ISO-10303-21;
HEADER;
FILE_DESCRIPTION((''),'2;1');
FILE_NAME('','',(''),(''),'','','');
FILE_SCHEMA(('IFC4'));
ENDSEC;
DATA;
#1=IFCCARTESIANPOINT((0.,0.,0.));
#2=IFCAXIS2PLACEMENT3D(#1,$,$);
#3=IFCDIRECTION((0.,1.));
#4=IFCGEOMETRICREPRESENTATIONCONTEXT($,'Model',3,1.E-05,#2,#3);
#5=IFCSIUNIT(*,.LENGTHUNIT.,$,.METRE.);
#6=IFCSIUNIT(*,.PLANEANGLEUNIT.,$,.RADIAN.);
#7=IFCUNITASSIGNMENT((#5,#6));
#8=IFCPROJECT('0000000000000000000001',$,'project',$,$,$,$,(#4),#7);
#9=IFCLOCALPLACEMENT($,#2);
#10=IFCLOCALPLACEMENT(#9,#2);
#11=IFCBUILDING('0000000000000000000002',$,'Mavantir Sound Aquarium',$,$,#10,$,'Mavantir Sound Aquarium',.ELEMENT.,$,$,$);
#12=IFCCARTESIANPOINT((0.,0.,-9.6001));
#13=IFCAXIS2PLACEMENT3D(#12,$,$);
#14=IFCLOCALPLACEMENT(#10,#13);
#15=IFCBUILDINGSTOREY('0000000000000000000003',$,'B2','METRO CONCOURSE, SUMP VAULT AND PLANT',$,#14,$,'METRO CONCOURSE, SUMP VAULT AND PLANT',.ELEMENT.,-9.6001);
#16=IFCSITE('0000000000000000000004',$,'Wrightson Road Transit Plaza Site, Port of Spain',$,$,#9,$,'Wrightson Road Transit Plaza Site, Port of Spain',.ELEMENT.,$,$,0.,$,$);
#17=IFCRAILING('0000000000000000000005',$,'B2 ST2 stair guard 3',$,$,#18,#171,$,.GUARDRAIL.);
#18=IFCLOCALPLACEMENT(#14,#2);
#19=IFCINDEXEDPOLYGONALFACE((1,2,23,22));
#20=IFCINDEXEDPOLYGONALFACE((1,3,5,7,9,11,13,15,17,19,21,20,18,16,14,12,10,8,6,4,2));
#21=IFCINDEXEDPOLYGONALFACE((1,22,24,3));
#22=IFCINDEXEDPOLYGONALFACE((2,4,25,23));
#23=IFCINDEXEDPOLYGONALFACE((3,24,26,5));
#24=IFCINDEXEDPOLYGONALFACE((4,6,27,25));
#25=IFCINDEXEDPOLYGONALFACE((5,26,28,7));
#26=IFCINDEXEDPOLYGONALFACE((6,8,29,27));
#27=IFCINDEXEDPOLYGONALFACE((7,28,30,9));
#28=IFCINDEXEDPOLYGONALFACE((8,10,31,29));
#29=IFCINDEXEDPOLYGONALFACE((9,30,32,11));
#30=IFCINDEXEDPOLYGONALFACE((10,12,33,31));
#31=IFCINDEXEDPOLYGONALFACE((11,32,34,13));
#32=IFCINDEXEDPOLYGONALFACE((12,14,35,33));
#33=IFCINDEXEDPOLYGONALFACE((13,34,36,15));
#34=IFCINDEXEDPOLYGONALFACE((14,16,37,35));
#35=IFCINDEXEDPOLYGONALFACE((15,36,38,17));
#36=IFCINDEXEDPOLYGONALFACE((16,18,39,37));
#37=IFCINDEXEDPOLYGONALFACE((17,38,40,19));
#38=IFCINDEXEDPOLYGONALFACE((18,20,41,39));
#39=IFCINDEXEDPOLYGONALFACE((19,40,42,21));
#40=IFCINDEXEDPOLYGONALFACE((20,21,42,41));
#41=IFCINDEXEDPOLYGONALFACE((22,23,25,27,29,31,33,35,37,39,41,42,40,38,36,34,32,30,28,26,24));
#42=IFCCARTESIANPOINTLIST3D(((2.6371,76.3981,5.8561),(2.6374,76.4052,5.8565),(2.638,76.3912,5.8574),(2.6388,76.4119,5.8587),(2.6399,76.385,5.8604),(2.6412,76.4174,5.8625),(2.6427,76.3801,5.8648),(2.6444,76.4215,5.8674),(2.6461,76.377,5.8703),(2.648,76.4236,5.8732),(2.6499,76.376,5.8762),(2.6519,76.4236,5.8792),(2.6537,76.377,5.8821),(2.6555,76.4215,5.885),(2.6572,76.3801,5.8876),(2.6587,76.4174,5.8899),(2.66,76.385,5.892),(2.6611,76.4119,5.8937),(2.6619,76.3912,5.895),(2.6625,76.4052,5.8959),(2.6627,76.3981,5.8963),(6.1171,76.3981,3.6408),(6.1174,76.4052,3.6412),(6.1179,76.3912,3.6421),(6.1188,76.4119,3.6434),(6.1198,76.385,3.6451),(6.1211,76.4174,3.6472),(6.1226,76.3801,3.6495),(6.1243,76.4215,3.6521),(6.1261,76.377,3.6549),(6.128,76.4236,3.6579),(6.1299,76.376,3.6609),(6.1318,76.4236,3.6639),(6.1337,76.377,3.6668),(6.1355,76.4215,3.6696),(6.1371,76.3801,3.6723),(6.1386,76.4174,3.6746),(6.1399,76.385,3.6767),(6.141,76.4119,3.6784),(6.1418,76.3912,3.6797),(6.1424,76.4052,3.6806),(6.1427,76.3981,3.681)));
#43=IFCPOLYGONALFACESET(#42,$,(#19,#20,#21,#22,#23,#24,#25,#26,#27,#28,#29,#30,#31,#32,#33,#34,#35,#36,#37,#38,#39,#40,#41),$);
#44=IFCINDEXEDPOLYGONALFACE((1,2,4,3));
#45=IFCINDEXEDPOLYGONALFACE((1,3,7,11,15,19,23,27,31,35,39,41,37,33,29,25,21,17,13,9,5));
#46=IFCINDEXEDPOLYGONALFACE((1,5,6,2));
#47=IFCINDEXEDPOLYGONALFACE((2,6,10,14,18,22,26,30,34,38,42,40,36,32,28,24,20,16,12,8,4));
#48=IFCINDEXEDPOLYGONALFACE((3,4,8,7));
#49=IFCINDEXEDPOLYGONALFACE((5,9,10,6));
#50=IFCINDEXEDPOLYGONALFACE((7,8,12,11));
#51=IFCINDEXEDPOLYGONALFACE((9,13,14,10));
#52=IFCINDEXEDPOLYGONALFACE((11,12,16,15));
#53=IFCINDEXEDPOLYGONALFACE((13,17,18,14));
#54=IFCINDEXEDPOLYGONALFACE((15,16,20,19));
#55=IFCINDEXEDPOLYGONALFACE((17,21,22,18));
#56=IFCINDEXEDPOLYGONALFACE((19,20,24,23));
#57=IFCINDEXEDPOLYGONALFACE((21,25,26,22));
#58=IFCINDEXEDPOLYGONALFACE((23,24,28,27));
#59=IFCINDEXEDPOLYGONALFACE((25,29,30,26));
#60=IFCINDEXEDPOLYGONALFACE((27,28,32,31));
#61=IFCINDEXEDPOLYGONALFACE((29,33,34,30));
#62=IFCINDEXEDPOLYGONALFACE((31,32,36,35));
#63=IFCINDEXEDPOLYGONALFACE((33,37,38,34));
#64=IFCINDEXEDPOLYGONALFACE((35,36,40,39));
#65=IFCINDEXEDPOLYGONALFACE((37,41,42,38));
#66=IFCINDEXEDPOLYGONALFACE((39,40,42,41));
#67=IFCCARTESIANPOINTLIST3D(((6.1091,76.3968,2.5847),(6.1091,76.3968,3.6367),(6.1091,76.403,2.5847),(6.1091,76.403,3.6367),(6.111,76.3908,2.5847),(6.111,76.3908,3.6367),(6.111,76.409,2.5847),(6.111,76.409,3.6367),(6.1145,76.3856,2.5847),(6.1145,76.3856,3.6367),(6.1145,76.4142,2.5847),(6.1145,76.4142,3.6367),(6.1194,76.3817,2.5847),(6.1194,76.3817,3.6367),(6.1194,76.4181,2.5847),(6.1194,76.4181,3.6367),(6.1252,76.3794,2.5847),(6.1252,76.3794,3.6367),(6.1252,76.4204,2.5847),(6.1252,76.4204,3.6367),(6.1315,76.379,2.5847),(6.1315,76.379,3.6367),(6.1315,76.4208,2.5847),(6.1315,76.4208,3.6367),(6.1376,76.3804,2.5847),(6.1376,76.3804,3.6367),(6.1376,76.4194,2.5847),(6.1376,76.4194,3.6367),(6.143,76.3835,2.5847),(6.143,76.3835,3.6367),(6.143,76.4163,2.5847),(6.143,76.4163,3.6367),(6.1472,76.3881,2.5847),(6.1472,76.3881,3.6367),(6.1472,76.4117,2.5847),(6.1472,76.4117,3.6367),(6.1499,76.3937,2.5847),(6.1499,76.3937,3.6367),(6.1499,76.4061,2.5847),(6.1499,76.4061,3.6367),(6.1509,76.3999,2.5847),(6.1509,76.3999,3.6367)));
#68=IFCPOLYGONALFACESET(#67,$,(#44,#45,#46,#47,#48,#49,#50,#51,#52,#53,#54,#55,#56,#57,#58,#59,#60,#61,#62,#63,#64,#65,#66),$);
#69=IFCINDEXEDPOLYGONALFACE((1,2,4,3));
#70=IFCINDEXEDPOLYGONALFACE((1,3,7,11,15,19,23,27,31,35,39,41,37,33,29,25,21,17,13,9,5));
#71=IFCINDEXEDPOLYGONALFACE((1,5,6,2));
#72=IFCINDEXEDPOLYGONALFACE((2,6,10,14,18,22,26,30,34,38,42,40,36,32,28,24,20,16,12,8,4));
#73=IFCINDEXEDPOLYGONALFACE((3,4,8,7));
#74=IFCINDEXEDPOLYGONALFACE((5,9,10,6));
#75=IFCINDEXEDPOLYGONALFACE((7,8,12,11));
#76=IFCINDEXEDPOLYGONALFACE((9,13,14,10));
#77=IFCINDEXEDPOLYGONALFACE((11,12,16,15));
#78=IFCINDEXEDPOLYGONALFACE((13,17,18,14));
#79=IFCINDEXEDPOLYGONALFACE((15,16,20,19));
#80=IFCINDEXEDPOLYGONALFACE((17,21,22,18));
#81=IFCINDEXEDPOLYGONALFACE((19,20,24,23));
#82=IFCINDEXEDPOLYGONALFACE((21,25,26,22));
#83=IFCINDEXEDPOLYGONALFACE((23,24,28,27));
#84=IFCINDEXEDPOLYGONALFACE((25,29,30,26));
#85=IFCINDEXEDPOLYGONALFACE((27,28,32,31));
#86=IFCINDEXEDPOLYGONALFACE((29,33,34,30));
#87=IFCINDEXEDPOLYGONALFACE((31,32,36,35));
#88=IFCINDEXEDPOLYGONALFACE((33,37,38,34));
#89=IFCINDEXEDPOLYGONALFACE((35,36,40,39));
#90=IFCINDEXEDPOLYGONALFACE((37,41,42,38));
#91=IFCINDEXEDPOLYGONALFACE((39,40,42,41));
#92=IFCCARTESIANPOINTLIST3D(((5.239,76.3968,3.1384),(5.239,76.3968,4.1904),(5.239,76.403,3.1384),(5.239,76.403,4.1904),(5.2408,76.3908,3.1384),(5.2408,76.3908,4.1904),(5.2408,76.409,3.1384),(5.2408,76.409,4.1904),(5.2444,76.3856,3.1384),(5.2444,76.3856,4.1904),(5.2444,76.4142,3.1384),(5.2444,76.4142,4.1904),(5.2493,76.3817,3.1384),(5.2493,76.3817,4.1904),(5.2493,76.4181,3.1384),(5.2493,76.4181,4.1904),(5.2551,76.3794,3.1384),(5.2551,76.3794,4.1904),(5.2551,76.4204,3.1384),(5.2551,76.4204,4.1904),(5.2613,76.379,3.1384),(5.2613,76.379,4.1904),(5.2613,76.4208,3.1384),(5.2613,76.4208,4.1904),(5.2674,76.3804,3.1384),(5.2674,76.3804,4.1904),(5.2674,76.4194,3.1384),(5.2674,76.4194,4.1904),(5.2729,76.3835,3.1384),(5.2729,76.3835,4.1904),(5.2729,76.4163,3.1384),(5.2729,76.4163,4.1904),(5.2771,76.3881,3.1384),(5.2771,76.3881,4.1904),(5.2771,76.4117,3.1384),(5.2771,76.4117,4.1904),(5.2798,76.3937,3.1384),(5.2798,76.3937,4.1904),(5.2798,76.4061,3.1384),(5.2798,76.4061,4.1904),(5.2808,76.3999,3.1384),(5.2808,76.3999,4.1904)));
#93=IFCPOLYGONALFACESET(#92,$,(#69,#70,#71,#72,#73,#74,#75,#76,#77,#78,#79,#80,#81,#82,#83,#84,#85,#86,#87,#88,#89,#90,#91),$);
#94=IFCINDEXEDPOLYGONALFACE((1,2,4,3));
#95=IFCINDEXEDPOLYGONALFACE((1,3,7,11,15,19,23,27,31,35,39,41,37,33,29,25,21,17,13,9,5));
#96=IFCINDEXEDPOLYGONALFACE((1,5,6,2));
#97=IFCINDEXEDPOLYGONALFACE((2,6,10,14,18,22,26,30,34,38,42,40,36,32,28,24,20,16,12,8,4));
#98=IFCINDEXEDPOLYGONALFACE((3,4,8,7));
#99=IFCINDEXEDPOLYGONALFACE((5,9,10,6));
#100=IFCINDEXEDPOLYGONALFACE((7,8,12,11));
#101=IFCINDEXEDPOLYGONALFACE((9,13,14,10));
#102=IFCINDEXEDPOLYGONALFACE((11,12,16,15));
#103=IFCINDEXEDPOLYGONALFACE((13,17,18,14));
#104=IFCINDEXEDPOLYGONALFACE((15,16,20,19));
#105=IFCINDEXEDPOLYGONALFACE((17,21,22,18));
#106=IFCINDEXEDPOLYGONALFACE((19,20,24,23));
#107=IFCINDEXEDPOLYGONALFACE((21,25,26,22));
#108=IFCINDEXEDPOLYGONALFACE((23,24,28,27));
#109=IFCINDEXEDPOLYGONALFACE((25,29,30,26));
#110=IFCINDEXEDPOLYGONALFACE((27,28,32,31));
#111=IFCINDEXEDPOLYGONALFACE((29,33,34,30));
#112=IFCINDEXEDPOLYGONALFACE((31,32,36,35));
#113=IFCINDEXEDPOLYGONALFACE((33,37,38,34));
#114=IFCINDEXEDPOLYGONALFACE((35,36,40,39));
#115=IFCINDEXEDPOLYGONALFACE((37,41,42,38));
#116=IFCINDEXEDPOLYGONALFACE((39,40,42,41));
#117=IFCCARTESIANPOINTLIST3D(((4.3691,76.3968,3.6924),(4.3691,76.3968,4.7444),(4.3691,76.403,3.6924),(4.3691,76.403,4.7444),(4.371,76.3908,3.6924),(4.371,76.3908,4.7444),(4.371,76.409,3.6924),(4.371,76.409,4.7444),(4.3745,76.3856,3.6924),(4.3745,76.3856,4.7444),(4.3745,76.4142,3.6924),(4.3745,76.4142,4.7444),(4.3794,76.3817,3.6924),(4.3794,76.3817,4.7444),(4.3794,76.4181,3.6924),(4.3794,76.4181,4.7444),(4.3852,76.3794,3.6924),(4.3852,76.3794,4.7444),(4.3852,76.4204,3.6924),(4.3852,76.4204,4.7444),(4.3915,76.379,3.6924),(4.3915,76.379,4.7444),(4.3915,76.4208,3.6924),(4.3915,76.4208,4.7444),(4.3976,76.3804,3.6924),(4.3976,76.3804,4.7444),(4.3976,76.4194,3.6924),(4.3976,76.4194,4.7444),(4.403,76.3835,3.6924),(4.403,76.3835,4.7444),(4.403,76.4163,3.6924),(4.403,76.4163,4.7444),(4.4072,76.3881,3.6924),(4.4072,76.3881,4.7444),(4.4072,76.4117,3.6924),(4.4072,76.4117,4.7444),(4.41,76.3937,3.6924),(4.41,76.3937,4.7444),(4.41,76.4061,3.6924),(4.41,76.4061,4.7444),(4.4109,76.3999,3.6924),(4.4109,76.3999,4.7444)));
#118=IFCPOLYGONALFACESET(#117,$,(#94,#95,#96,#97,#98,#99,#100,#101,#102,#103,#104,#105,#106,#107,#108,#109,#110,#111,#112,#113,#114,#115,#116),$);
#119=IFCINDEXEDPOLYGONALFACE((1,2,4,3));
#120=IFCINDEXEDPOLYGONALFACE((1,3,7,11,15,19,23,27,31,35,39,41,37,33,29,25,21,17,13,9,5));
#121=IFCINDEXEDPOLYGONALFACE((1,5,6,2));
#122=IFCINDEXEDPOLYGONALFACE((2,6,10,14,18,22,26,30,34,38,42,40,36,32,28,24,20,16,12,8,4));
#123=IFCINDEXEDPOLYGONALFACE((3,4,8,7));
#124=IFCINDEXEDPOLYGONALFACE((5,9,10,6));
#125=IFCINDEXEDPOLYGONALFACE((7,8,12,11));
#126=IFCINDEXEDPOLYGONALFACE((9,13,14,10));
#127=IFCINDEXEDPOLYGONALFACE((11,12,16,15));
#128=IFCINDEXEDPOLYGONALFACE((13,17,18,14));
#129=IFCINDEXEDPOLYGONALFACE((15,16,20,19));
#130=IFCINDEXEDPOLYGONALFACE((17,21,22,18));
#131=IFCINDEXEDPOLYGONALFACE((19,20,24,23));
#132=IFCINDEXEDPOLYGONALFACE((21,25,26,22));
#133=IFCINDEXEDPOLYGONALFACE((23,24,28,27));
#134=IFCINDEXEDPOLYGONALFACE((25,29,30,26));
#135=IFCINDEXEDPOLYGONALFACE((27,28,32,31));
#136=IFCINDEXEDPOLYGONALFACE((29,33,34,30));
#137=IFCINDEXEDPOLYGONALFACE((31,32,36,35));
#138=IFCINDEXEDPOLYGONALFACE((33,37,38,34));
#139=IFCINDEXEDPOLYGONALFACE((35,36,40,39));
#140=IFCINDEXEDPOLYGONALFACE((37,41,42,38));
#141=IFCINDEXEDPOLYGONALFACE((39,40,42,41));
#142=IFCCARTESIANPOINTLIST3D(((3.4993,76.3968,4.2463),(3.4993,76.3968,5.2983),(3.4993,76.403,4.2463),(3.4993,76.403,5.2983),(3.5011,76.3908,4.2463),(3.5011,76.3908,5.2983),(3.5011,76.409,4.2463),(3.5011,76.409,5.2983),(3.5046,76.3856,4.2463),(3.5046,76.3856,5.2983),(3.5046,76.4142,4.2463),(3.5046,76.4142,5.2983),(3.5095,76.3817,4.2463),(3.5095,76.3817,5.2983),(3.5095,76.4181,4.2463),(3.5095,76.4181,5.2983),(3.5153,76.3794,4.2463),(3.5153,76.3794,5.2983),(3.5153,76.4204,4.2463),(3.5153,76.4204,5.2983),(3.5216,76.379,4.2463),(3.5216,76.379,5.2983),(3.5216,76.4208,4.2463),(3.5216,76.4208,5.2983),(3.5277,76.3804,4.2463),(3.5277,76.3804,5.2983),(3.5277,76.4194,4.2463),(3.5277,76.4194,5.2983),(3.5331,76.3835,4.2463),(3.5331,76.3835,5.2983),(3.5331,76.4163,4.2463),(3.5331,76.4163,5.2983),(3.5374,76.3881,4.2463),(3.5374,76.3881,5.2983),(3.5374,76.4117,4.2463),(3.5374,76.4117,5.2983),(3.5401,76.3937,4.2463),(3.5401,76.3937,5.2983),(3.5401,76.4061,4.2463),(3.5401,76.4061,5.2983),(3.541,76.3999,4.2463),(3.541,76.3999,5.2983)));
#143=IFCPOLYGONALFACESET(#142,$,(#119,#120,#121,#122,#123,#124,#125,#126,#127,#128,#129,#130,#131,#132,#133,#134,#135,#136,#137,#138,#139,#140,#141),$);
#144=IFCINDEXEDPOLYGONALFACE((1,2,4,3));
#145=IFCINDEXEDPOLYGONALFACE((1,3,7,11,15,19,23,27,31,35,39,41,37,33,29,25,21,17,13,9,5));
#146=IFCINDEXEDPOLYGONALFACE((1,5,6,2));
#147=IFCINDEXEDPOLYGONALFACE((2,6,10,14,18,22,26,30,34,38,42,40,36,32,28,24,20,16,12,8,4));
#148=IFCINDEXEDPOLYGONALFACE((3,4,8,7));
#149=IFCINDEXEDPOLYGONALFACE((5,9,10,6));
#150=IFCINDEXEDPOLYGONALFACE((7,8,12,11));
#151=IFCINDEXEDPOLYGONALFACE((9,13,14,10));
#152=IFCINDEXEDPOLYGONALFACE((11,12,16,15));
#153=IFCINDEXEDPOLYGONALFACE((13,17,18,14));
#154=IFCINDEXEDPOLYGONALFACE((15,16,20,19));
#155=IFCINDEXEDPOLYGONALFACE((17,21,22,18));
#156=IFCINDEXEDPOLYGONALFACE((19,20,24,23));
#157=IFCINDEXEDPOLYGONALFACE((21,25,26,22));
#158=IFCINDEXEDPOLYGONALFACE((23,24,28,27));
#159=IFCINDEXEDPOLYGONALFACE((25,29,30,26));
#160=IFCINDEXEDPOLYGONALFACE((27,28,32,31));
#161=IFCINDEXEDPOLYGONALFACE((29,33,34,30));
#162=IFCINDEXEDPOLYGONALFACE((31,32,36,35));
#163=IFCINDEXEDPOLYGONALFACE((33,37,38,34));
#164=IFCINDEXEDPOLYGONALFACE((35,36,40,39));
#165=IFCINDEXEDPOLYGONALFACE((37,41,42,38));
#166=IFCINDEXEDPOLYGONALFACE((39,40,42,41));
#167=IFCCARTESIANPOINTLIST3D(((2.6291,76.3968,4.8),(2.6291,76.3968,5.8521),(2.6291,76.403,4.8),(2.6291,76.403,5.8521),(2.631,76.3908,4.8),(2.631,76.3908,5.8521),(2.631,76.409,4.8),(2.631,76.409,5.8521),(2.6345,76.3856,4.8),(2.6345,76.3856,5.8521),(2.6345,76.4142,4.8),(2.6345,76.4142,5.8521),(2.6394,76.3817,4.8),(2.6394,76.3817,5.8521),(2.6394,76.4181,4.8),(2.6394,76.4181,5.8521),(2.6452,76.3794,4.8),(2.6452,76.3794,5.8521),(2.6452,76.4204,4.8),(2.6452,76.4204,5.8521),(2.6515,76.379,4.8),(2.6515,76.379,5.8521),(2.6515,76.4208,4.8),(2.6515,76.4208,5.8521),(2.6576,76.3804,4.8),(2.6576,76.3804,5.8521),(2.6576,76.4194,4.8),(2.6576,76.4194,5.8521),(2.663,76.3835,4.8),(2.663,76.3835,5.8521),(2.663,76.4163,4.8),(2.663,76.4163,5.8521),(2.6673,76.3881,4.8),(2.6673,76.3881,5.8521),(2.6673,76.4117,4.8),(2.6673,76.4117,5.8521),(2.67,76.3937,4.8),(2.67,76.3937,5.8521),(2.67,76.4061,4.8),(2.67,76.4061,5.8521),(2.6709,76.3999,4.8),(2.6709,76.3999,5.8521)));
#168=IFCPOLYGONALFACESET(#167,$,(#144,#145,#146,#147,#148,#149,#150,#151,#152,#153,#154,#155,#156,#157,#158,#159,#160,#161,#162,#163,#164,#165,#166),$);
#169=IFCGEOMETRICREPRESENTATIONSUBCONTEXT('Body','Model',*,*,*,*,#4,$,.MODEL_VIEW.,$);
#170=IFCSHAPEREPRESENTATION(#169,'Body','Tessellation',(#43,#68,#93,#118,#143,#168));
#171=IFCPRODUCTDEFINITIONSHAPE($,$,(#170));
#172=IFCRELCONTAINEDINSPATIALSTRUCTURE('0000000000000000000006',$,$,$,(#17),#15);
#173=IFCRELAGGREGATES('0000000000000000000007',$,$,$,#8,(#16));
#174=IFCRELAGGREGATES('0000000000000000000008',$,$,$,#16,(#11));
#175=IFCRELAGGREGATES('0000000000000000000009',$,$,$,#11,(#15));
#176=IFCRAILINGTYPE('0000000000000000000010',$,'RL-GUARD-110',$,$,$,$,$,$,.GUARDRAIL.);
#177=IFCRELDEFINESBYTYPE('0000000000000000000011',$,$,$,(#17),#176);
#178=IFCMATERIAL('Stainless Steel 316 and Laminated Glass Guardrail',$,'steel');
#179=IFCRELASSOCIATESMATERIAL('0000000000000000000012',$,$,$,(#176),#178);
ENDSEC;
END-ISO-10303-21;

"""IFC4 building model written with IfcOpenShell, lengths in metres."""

from ifc_helpers import new_model, si_unit, direction, frame, origin, origin_2d, place, context, subcontext, project, spatial, circle, extrude, material, type_object, element, save


model = new_model("IFC4")

# Units and contexts
model_context = context("Model", 3, precision=1e-05, world=origin(), true_north=direction((0.0, 1.0)))
body_context = subcontext(model_context, "Body", "Model", "MODEL_VIEW")
ifc_project = project(units=[si_unit("LENGTHUNIT", "METRE"), si_unit("PLANEANGLEUNIT", "RADIAN")], contexts=[model_context])

# Site, building, storey
site_placement = place(None, origin())
site = spatial("IfcSite", under=ifc_project, at=site_placement, Name="Wrightson Road Transit Plaza Site, Port of Spain", LongName="Wrightson Road Transit Plaza Site, Port of Spain", CompositionType="ELEMENT", RefElevation=0.0)
building_placement = place(site_placement, origin())
building = spatial("IfcBuilding", under=site, at=building_placement, Name="Mavantir Sound Aquarium", LongName="Mavantir Sound Aquarium", CompositionType="ELEMENT")
storey_placement = place(building_placement, frame((0.0, 0.0, -9.6001)))
storey = spatial("IfcBuildingStorey", under=building, at=storey_placement, Name="B2", Description="METRO CONCOURSE, SUMP VAULT AND PLANT", LongName="METRO CONCOURSE, SUMP VAULT AND PLANT", CompositionType="ELEMENT", Elevation=-9.6001)

# Railing
ifc_material_1 = material(Name="Stainless Steel 316 and Laminated Glass Guardrail", Category="steel")
railing_type_1 = type_object("IfcRailingType", Name="RL-GUARD-110", PredefinedType="GUARDRAIL", material=ifc_material_1)
railing_1_placement = place(storey_placement, frame((6.1299, 76.3999, 2.5847)))
element("IfcRailing", 1, at=railing_1_placement, inside=storey, type_object=railing_type_1, Name="B2 ST2 stair guard 3", PredefinedType="GUARDRAIL", context=body_context, shape_type="SweptSolid", body=[
    extrude(circle(Radius=0.0239, at=origin_2d()), frame((0.0, 0.0, 1.0762), z_axis=(-0.843574, 0.0, 0.537013), x_axis=(0.0, -1.0, 0.0)), (0.0, 0.0, 1.0), 4.1252),
    extrude(circle(Radius=0.021, at=origin_2d()), origin(), (0.0, 0.0, 1.0), 1.052),
    extrude(circle(Radius=0.021, at=origin_2d()), frame((-0.8701, 0.0, 0.5537)), (0.0, 0.0, 1.0), 1.052),
    extrude(circle(Radius=0.021, at=origin_2d()), frame((-1.74, 0.0, 1.1077)), (0.0, 0.0, 1.0), 1.052),
    extrude(circle(Radius=0.021, at=origin_2d()), frame((-2.6099, 0.0, 1.6616)), (0.0, 0.0, 1.0), 1.052),
    extrude(circle(Radius=0.021, at=origin_2d()), frame((-3.48, 0.0, 2.2153)), (0.0, 0.0, 1.0), 1.052),
])

save(model, "model.ifc")
